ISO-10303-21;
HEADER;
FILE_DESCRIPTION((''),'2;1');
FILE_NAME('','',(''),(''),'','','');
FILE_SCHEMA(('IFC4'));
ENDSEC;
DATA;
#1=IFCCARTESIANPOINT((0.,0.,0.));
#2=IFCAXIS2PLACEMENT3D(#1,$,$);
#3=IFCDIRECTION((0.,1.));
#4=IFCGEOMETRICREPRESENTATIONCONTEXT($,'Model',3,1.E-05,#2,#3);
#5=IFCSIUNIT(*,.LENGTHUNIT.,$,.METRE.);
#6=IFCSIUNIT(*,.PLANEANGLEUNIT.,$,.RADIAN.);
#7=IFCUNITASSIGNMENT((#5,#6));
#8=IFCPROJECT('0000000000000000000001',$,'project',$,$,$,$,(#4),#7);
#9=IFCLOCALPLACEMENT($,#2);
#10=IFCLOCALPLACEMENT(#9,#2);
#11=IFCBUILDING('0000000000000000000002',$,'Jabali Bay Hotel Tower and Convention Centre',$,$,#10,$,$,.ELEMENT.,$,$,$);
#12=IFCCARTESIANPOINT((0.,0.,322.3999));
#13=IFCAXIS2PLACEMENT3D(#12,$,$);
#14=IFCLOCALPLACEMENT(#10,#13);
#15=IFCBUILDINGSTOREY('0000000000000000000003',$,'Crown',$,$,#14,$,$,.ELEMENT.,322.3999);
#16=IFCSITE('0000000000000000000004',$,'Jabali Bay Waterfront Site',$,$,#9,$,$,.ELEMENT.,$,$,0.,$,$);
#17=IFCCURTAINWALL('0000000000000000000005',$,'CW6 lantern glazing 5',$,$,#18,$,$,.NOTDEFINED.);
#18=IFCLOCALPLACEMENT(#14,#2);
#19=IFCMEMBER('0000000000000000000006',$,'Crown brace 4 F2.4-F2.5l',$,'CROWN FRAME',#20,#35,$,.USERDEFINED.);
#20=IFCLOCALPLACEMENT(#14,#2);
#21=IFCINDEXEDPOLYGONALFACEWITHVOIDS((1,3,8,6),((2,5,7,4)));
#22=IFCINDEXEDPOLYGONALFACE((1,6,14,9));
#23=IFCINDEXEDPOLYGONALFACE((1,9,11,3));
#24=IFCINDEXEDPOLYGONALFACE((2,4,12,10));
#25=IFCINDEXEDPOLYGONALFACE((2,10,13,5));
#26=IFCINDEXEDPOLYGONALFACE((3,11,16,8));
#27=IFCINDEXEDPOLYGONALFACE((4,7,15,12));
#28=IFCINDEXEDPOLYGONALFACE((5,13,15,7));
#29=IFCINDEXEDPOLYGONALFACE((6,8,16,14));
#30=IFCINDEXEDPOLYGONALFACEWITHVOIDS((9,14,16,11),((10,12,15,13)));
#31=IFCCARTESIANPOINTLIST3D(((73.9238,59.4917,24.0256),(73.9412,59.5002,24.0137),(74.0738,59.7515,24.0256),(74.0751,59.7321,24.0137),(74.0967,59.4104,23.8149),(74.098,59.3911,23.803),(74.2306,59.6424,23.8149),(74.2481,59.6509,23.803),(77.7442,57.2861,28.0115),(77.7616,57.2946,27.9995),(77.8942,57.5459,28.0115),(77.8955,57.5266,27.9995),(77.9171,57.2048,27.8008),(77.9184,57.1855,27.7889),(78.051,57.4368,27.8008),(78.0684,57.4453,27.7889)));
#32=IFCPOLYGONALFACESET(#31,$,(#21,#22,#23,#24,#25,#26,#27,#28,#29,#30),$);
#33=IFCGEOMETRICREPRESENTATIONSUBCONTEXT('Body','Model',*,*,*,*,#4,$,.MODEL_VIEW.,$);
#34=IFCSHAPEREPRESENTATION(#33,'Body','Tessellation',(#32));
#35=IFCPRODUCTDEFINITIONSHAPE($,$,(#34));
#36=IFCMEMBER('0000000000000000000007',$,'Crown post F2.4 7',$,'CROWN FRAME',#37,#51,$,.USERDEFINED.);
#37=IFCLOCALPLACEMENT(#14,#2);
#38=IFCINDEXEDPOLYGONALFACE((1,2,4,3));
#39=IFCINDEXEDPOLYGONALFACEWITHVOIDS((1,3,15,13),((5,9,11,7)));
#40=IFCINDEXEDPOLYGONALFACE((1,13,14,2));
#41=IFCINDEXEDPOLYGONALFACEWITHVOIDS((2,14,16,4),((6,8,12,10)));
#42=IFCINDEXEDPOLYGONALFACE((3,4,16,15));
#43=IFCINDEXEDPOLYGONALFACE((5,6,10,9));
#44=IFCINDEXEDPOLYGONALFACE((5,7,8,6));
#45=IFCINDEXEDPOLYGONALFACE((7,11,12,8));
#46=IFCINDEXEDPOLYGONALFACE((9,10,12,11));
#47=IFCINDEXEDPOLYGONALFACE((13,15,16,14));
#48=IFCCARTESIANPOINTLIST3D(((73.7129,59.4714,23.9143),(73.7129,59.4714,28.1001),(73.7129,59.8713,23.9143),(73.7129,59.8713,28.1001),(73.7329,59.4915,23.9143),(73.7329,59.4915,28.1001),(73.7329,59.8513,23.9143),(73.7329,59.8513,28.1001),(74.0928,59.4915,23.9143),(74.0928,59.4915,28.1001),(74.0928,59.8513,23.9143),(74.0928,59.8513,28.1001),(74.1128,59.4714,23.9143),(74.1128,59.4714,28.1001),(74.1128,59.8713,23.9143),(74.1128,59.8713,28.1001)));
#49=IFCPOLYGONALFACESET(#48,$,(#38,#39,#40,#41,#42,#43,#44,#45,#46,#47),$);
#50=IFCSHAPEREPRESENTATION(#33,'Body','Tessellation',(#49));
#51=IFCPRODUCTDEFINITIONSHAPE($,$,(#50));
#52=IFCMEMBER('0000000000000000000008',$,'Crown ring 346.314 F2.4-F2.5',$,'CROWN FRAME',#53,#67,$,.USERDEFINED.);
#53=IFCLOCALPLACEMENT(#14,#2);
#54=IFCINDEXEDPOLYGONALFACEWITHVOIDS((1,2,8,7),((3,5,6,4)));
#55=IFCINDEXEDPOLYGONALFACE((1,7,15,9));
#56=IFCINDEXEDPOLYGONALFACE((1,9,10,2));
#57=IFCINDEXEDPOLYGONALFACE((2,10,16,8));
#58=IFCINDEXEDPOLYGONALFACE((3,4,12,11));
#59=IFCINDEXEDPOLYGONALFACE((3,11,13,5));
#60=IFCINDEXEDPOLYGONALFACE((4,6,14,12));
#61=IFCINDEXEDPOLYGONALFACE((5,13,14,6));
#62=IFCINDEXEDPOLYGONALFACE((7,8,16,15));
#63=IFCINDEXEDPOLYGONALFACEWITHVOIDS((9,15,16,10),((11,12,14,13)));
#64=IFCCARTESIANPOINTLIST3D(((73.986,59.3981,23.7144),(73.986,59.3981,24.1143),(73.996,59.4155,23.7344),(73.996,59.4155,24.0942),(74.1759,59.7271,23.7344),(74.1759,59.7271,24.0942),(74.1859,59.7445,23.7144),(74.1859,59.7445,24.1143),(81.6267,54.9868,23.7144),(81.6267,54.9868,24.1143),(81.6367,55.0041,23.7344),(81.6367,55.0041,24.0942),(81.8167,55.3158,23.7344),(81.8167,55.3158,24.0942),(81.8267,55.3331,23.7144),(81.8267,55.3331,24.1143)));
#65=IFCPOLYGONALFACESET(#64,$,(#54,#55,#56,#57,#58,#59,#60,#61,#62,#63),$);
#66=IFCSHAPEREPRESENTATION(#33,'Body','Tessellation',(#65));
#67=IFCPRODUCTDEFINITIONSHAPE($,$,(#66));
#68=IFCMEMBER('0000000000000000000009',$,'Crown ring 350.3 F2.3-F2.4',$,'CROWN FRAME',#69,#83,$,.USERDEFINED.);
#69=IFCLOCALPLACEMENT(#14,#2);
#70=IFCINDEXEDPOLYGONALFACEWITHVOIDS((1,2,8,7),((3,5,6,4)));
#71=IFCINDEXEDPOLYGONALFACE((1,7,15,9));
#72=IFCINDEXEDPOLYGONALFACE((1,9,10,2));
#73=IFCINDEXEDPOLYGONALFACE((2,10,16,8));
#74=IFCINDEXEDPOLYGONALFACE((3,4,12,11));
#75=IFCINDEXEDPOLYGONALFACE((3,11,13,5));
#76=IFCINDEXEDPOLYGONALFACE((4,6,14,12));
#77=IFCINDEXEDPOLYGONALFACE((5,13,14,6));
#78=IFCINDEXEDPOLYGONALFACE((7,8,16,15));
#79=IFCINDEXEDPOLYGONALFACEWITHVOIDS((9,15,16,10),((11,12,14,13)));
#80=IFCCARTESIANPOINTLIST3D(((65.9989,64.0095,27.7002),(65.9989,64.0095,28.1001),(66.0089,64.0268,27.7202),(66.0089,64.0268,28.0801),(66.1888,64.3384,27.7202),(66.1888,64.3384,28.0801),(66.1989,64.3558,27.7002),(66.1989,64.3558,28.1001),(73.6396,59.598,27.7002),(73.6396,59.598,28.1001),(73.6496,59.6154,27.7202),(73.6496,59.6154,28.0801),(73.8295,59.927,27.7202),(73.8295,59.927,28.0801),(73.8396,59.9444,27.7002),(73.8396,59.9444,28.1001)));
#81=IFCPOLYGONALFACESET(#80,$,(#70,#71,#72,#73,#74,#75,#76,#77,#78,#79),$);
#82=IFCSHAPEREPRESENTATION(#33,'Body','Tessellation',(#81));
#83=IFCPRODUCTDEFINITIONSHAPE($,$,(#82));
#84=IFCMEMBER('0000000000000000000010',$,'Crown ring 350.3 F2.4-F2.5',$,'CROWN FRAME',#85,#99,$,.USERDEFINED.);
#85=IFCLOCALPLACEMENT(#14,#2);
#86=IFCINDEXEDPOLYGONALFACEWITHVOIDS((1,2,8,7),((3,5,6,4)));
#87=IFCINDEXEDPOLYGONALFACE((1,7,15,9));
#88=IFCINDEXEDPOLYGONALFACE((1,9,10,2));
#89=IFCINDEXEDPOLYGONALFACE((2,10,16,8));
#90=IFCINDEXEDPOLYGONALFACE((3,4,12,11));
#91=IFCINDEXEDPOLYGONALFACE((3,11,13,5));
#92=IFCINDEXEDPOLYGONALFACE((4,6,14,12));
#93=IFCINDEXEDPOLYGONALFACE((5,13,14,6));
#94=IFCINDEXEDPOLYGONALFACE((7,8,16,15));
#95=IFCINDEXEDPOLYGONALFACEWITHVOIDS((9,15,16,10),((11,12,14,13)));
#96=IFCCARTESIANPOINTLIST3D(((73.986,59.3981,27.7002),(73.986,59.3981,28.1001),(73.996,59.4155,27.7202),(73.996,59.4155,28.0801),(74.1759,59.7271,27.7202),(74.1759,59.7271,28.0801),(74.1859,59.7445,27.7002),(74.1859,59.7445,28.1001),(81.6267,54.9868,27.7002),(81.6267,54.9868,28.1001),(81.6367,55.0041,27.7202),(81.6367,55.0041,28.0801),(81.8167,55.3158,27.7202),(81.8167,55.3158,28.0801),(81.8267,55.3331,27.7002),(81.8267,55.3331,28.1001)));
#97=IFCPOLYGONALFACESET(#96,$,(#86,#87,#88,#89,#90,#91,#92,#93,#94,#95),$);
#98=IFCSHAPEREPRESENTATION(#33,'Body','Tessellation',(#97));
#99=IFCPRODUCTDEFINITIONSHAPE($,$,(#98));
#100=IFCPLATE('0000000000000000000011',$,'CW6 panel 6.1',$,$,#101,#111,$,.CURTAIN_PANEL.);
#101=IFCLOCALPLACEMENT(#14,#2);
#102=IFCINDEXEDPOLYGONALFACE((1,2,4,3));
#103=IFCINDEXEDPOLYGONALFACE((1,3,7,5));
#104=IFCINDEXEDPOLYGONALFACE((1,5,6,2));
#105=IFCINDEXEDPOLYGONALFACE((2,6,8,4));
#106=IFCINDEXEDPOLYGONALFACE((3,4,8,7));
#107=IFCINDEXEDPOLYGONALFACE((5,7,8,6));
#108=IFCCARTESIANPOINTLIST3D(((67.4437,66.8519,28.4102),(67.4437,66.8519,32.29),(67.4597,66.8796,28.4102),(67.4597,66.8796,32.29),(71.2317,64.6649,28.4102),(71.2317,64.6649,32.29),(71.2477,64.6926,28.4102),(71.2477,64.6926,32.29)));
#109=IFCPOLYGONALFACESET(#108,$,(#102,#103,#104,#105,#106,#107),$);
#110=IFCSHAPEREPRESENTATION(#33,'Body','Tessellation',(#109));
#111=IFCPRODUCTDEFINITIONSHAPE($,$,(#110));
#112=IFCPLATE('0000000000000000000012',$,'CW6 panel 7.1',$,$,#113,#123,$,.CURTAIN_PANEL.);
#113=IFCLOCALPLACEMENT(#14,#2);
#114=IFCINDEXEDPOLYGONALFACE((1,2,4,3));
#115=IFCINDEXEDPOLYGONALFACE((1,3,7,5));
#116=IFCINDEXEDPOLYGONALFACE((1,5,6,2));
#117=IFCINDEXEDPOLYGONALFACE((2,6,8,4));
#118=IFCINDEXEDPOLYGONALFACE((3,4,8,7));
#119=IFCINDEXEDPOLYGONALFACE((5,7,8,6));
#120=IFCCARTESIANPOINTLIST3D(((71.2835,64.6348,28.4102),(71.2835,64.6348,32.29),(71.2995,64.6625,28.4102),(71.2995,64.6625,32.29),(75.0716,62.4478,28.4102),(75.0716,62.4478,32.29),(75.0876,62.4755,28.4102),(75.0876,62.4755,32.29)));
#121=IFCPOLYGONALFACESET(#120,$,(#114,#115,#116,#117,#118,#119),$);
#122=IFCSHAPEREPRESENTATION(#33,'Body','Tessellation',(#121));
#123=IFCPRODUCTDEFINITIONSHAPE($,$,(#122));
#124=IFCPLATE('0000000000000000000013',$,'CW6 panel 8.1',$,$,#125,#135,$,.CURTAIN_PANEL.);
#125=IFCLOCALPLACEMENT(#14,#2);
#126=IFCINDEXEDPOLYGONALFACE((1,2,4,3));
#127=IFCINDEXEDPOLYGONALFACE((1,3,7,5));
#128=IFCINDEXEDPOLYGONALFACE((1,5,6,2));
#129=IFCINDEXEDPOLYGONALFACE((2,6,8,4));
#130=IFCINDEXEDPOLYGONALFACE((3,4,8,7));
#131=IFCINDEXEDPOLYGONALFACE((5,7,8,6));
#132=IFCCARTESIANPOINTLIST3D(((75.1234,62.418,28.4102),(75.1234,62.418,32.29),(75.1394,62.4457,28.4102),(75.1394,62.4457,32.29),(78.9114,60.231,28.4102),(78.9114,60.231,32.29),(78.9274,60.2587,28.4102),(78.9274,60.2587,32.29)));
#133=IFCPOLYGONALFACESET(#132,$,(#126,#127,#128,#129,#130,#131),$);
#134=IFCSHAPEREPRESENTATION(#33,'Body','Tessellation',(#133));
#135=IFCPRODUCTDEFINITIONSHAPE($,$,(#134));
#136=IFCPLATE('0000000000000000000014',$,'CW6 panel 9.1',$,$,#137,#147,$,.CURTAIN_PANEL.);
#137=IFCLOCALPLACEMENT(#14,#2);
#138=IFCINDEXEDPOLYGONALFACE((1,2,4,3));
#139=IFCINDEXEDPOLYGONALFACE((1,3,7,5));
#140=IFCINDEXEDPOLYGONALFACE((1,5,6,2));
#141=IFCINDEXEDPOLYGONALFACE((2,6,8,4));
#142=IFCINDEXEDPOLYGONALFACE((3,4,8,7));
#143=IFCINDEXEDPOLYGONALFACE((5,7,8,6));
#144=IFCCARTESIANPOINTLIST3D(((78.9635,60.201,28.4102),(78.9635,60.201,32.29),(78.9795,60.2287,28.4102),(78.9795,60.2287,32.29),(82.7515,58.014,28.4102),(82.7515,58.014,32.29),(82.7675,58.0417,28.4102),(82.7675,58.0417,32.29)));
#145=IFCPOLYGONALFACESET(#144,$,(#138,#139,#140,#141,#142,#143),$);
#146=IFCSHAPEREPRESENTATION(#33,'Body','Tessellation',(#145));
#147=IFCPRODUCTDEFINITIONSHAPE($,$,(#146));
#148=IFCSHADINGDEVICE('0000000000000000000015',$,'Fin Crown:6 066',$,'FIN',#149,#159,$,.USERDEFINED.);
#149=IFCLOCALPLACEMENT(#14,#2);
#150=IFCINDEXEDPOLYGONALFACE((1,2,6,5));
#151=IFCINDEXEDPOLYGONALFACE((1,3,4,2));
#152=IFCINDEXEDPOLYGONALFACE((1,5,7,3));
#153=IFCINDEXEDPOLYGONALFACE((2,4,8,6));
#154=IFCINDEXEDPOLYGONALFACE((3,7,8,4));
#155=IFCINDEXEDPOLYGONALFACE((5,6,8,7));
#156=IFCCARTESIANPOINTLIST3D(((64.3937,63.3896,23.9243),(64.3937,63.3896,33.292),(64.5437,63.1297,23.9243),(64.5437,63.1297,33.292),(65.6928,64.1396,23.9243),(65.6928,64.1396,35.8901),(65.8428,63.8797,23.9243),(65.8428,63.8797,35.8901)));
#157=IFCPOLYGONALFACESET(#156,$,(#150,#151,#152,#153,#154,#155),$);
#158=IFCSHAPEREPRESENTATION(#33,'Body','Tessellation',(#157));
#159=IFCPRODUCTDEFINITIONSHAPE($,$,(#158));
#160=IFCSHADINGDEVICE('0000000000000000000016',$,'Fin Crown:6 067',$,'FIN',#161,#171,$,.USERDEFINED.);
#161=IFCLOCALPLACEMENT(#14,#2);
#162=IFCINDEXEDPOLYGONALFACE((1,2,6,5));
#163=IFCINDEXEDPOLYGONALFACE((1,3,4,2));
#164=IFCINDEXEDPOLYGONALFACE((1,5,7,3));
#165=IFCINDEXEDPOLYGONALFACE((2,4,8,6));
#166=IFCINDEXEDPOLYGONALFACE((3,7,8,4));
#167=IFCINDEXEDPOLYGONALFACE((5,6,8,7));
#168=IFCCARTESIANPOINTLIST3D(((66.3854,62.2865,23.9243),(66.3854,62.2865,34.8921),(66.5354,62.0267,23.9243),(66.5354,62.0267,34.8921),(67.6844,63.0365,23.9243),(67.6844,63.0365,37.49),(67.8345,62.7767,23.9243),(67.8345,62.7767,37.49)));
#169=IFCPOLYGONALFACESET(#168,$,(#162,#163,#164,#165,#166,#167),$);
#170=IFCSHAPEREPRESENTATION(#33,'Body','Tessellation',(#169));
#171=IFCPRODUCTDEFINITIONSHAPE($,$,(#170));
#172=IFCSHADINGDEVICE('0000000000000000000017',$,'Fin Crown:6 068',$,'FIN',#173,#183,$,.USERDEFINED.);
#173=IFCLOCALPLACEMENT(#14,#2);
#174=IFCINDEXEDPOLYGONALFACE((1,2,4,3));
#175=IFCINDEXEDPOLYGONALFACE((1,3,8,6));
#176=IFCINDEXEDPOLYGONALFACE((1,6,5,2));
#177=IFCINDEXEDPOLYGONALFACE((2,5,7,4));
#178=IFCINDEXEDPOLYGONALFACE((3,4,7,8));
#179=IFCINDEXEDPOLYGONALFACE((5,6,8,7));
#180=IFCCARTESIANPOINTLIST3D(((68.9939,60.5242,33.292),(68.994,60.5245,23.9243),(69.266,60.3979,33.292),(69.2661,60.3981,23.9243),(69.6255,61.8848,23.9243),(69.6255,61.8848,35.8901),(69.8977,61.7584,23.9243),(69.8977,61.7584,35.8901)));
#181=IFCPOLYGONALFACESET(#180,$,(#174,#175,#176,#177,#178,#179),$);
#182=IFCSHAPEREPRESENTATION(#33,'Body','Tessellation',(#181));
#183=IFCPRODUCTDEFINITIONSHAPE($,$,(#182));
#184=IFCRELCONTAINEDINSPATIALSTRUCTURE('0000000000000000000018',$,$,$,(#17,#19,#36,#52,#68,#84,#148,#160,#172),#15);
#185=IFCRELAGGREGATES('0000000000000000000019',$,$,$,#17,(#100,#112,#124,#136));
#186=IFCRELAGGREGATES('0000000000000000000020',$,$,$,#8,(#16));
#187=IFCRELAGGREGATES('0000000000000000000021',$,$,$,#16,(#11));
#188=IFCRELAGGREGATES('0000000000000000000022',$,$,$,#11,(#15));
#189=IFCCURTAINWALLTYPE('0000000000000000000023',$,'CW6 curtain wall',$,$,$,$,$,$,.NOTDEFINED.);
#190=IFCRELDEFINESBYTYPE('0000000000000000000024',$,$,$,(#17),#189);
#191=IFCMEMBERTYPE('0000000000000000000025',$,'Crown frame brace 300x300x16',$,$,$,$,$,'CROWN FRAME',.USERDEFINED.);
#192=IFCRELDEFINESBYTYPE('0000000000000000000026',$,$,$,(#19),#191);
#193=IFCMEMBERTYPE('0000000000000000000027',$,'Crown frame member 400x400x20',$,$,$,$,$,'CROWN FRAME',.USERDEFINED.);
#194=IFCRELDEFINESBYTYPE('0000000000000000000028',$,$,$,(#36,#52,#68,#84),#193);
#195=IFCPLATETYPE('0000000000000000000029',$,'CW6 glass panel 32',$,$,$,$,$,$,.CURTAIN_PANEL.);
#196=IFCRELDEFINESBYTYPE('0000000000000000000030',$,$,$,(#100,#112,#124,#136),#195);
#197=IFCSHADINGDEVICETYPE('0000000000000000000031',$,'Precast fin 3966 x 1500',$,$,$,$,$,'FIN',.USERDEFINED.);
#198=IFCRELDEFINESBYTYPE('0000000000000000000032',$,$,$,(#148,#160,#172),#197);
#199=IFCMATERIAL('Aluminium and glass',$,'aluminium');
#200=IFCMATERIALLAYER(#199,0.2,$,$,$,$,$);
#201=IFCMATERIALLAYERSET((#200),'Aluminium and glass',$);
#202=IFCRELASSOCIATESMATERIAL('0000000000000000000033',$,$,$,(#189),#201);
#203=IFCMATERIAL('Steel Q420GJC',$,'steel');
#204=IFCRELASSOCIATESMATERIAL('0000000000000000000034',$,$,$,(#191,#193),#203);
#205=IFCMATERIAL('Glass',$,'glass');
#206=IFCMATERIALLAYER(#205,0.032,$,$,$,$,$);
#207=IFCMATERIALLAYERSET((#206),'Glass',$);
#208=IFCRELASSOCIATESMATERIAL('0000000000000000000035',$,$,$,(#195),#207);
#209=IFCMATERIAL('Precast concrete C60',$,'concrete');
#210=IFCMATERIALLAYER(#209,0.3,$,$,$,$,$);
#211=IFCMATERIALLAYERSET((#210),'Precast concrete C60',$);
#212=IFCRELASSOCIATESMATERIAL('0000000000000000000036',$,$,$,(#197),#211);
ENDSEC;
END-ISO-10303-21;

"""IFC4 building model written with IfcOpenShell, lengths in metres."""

from ifc_helpers import new_model, si_unit, direction, frame, origin, origin_2d, place, context, subcontext, project, spatial, polyline, rectangle, hollow_rectangle, outline, extrude, material, layer, layer_set, material_profile, profile_set, type_object, element, aggregate, save


model = new_model("IFC4")

# Units and contexts
model_context = context("Model", 3, precision=1e-05, world=origin(), true_north=direction((0.0, 1.0)))
body_context = subcontext(model_context, "Body", "Model", "MODEL_VIEW")
ifc_project = project(units=[si_unit("LENGTHUNIT", "METRE"), si_unit("PLANEANGLEUNIT", "RADIAN")], contexts=[model_context])

# Site, building, storey
site_placement = place(None, origin())
site = spatial("IfcSite", under=ifc_project, at=site_placement, Name="Jabali Bay Waterfront Site", CompositionType="ELEMENT", RefElevation=0.0)
building_placement = place(site_placement, origin())
building = spatial("IfcBuilding", under=site, at=building_placement, Name="Jabali Bay Hotel Tower and Convention Centre", CompositionType="ELEMENT")
storey_placement = place(building_placement, frame((0.0, 0.0, 322.3999)))
storey = spatial("IfcBuildingStorey", under=building, at=storey_placement, Name="Crown", CompositionType="ELEMENT", Elevation=322.3999)

# Curtain wall
ifc_material_1 = material(Name="Aluminium and glass", Category="aluminium")
ifc_layer_1 = layer(ifc_material_1, 0.2)
ifc_layer_set_1 = layer_set([ifc_layer_1], Name="Aluminium and glass")
curtain_wall_type = type_object("IfcCurtainWallType", Name="CW6 curtain wall", PredefinedType="NOTDEFINED", material=ifc_layer_set_1)
curtain_wall_placement = place(storey_placement, origin())
curtain_wall = element("IfcCurtainWall", 1, at=curtain_wall_placement, inside=storey, type_object=curtain_wall_type, Name="CW6 lantern glazing 5", PredefinedType="NOTDEFINED")

# Members
ifc_material_2 = material(Name="Steel Q420GJC", Category="steel")
ifc_material_profile_1 = material_profile(ifc_material_2, hollow_rectangle(XDim=0.3, YDim=0.3, WallThickness=0.0161, at=origin_2d()), Name="Crown frame brace 300x300x16")
ifc_profile_set_1 = profile_set([ifc_material_profile_1], Name="Steel Q420GJC")
member_type_1 = type_object("IfcMemberType", Name="Crown frame brace 300x300x16", ElementType="CROWN FRAME", PredefinedType="USERDEFINED", material=ifc_profile_set_1)
member_1_placement = place(storey_placement, frame((74.0859, 59.5713, 23.9143), z_axis=(0.64258, -0.370978, 0.670422), x_axis=(0.499984, 0.866034, 0.0)))
element("IfcMember", 2, at=member_1_placement, inside=storey, type_object=member_type_1, Name="Crown brace 4 F2.4-F2.5l", ObjectType="CROWN FRAME", PredefinedType="USERDEFINED", context=body_context, shape_type="SweptSolid", body=[
    extrude(hollow_rectangle(XDim=0.3, YDim=0.3, WallThickness=0.0161, at=origin_2d()), origin(), (0.0, 0.0, 1.0), 5.9453),
])
ifc_material_profile_2 = material_profile(ifc_material_2, hollow_rectangle(XDim=0.3999, YDim=0.3999, WallThickness=0.02, at=origin_2d()), Name="Crown frame member 400x400x20")
ifc_profile_set_2 = profile_set([ifc_material_profile_2], Name="Steel Q420GJC")
member_type_2 = type_object("IfcMemberType", Name="Crown frame member 400x400x20", ElementType="CROWN FRAME", PredefinedType="USERDEFINED", material=ifc_profile_set_2)
member_2_placement = place(storey_placement, frame((73.9128, 59.6714, 23.9143), z_axis=(0.0, 0.0, 1.0), x_axis=(1.0, 0.0, 0.0)))
element("IfcMember", 3, at=member_2_placement, inside=storey, type_object=member_type_2, Name="Crown post F2.4 7", ObjectType="CROWN FRAME", PredefinedType="USERDEFINED", context=body_context, shape_type="SweptSolid", body=[
    extrude(hollow_rectangle(XDim=0.3999, YDim=0.3999, WallThickness=0.02, at=origin_2d()), origin(), (0.0, 0.0, 1.0), 4.1858),
])
for number, where, z_axis, x_axis, name in (
    (4, (74.0859, 59.5713, 23.9143), (0.866029, -0.499993, 0.0), (0.499993, 0.866029, 0.0), "Crown ring 346.314 F2.4-F2.5"),
    (5, (66.0989, 64.1826, 27.9001), (0.866022, -0.500005, 0.0), (0.500005, 0.866022, 0.0), "Crown ring 350.3 F2.3-F2.4"),
    (6, (74.0859, 59.5713, 27.9001), (0.866029, -0.499993, 0.0), (0.499993, 0.866029, 0.0), "Crown ring 350.3 F2.4-F2.5"),
):
    element("IfcMember", number, at=place(storey_placement, frame(where, z_axis=z_axis, x_axis=x_axis)), inside=storey, type_object=member_type_2, Name=name, ObjectType="CROWN FRAME", PredefinedType="USERDEFINED", context=body_context, shape_type="SweptSolid", body=[
        extrude(hollow_rectangle(XDim=0.3999, YDim=0.3999, WallThickness=0.02, at=origin_2d()), origin(), (0.0, 0.0, 1.0), 8.8228),
    ])

# Plates
ifc_material_3 = material(Name="Glass", Category="glass")
ifc_layer_2 = layer(ifc_material_3, 0.032)
ifc_layer_set_2 = layer_set([ifc_layer_2], Name="Glass")
plate_type = type_object("IfcPlateType", Name="CW6 glass panel 32", PredefinedType="CURTAIN_PANEL", material=ifc_layer_set_2)
plate_1_placement = place(storey_placement, frame((69.3457, 65.7722, 28.4102), z_axis=(0.0, 0.0, 1.0), x_axis=(0.866025, -0.5, 0.0)))
plate_1 = element("IfcPlate", 7, at=plate_1_placement, type_object=plate_type, Name="CW6 panel 6.1", PredefinedType="CURTAIN_PANEL", context=body_context, shape_type="SweptSolid", body=[
    extrude(rectangle(XDim=4.374, YDim=0.032, at=origin_2d()), origin(), (0.0, 0.0, 1.0), 3.8799),
])
plate_2_placement = place(storey_placement, frame((73.1855, 63.5552, 28.4102), z_axis=(0.0, 0.0, 1.0), x_axis=(0.866025, -0.5, 0.0)))
plate_2 = element("IfcPlate", 8, at=plate_2_placement, type_object=plate_type, Name="CW6 panel 7.1", PredefinedType="CURTAIN_PANEL", context=body_context, shape_type="SweptSolid", body=[
    extrude(rectangle(XDim=4.374, YDim=0.032, at=origin_2d()), origin(), (0.0, 0.0, 1.0), 3.8799),
])
plate_3_placement = place(storey_placement, frame((77.0254, 61.3384, 28.4102), z_axis=(0.0, 0.0, 1.0), x_axis=(0.866025, -0.5, 0.0)))
plate_3 = element("IfcPlate", 9, at=plate_3_placement, type_object=plate_type, Name="CW6 panel 8.1", PredefinedType="CURTAIN_PANEL", context=body_context, shape_type="SweptSolid", body=[
    extrude(rectangle(XDim=4.374, YDim=0.032, at=origin_2d()), origin(), (0.0, 0.0, 1.0), 3.8799),
])
plate_4_placement = place(storey_placement, frame((80.8655, 59.1213, 28.4102), z_axis=(0.0, 0.0, 1.0), x_axis=(0.866025, -0.5, 0.0)))
plate_4 = element("IfcPlate", 10, at=plate_4_placement, type_object=plate_type, Name="CW6 panel 9.1", PredefinedType="CURTAIN_PANEL", context=body_context, shape_type="SweptSolid", body=[
    extrude(rectangle(XDim=4.374, YDim=0.032, at=origin_2d()), origin(), (0.0, 0.0, 1.0), 3.8799),
])
aggregate(curtain_wall, [plate_1, plate_2, plate_3, plate_4])

# Shading devices
ifc_material_4 = material(Name="Precast concrete C60", Category="concrete")
ifc_layer_3 = layer(ifc_material_4, 0.3)
ifc_layer_set_3 = layer_set([ifc_layer_3], Name="Precast concrete C60")
shading_device_type = type_object("IfcShadingDeviceType", Name="Precast fin 3966 x 1500", ElementType="FIN", PredefinedType="USERDEFINED", material=ifc_layer_set_3)
shading_device_1_placement = place(storey_placement, frame((65.7678, 64.0095, 23.9243), z_axis=(0.0, 0.0, 1.0), x_axis=(-0.866031, -0.49999, 0.0)))
element("IfcShadingDevice", 11, at=shading_device_1_placement, inside=storey, type_object=shading_device_type, Name="Fin Crown:6 066", ObjectType="FIN", PredefinedType="USERDEFINED", context=body_context, shape_type="SweptSolid", body=[
    extrude(outline(polyline([(0.0, 0.0), (1.5, 0.0), (1.5, 9.3677), (0.0, 11.9658), (0.0, 0.0)])), frame((0.0, 0.1499, 0.0), z_axis=(0.0, -1.0, 0.0), x_axis=(1.0, 0.0, 0.0)), (0.0, 0.0, 1.0), 0.3),
])
shading_device_2_placement = place(storey_placement, frame((67.7595, 62.9065, 23.9243), z_axis=(0.0, 0.0, 1.0), x_axis=(-0.866031, -0.49999, 0.0)))
element("IfcShadingDevice", 12, at=shading_device_2_placement, inside=storey, type_object=shading_device_type, Name="Fin Crown:6 067", ObjectType="FIN", PredefinedType="USERDEFINED", context=body_context, shape_type="SweptSolid", body=[
    extrude(outline(polyline([(0.0, 0.0), (1.5, 0.0), (1.5, 10.9678), (0.0, 13.5657), (0.0, 0.0)])), frame((0.0, 0.1499, 0.0), z_axis=(0.0, -1.0, 0.0), x_axis=(1.0, 0.0, 0.0)), (0.0, 0.0, 1.0), 0.3),
])
shading_device_3_placement = place(storey_placement, frame((69.7617, 61.8215, 23.9243), z_axis=(0.0, 0.0, 1.0), x_axis=(-0.421111, -0.907009, 0.0)))
element("IfcShadingDevice", 13, at=shading_device_3_placement, inside=storey, type_object=shading_device_type, Name="Fin Crown:6 068", ObjectType="FIN", PredefinedType="USERDEFINED", context=body_context, shape_type="SweptSolid", body=[
    extrude(outline(polyline([(0.0, 0.0), (1.4998, 0.0), (1.5, 9.3677), (0.0, 11.9658), (0.0, 0.0)])), frame((0.0, 0.1499, 0.0), z_axis=(0.0, -1.0, 0.0), x_axis=(1.0, 0.0, 0.0)), (0.0, 0.0, 1.0), 0.3),
])

save(model, "model.ifc")
